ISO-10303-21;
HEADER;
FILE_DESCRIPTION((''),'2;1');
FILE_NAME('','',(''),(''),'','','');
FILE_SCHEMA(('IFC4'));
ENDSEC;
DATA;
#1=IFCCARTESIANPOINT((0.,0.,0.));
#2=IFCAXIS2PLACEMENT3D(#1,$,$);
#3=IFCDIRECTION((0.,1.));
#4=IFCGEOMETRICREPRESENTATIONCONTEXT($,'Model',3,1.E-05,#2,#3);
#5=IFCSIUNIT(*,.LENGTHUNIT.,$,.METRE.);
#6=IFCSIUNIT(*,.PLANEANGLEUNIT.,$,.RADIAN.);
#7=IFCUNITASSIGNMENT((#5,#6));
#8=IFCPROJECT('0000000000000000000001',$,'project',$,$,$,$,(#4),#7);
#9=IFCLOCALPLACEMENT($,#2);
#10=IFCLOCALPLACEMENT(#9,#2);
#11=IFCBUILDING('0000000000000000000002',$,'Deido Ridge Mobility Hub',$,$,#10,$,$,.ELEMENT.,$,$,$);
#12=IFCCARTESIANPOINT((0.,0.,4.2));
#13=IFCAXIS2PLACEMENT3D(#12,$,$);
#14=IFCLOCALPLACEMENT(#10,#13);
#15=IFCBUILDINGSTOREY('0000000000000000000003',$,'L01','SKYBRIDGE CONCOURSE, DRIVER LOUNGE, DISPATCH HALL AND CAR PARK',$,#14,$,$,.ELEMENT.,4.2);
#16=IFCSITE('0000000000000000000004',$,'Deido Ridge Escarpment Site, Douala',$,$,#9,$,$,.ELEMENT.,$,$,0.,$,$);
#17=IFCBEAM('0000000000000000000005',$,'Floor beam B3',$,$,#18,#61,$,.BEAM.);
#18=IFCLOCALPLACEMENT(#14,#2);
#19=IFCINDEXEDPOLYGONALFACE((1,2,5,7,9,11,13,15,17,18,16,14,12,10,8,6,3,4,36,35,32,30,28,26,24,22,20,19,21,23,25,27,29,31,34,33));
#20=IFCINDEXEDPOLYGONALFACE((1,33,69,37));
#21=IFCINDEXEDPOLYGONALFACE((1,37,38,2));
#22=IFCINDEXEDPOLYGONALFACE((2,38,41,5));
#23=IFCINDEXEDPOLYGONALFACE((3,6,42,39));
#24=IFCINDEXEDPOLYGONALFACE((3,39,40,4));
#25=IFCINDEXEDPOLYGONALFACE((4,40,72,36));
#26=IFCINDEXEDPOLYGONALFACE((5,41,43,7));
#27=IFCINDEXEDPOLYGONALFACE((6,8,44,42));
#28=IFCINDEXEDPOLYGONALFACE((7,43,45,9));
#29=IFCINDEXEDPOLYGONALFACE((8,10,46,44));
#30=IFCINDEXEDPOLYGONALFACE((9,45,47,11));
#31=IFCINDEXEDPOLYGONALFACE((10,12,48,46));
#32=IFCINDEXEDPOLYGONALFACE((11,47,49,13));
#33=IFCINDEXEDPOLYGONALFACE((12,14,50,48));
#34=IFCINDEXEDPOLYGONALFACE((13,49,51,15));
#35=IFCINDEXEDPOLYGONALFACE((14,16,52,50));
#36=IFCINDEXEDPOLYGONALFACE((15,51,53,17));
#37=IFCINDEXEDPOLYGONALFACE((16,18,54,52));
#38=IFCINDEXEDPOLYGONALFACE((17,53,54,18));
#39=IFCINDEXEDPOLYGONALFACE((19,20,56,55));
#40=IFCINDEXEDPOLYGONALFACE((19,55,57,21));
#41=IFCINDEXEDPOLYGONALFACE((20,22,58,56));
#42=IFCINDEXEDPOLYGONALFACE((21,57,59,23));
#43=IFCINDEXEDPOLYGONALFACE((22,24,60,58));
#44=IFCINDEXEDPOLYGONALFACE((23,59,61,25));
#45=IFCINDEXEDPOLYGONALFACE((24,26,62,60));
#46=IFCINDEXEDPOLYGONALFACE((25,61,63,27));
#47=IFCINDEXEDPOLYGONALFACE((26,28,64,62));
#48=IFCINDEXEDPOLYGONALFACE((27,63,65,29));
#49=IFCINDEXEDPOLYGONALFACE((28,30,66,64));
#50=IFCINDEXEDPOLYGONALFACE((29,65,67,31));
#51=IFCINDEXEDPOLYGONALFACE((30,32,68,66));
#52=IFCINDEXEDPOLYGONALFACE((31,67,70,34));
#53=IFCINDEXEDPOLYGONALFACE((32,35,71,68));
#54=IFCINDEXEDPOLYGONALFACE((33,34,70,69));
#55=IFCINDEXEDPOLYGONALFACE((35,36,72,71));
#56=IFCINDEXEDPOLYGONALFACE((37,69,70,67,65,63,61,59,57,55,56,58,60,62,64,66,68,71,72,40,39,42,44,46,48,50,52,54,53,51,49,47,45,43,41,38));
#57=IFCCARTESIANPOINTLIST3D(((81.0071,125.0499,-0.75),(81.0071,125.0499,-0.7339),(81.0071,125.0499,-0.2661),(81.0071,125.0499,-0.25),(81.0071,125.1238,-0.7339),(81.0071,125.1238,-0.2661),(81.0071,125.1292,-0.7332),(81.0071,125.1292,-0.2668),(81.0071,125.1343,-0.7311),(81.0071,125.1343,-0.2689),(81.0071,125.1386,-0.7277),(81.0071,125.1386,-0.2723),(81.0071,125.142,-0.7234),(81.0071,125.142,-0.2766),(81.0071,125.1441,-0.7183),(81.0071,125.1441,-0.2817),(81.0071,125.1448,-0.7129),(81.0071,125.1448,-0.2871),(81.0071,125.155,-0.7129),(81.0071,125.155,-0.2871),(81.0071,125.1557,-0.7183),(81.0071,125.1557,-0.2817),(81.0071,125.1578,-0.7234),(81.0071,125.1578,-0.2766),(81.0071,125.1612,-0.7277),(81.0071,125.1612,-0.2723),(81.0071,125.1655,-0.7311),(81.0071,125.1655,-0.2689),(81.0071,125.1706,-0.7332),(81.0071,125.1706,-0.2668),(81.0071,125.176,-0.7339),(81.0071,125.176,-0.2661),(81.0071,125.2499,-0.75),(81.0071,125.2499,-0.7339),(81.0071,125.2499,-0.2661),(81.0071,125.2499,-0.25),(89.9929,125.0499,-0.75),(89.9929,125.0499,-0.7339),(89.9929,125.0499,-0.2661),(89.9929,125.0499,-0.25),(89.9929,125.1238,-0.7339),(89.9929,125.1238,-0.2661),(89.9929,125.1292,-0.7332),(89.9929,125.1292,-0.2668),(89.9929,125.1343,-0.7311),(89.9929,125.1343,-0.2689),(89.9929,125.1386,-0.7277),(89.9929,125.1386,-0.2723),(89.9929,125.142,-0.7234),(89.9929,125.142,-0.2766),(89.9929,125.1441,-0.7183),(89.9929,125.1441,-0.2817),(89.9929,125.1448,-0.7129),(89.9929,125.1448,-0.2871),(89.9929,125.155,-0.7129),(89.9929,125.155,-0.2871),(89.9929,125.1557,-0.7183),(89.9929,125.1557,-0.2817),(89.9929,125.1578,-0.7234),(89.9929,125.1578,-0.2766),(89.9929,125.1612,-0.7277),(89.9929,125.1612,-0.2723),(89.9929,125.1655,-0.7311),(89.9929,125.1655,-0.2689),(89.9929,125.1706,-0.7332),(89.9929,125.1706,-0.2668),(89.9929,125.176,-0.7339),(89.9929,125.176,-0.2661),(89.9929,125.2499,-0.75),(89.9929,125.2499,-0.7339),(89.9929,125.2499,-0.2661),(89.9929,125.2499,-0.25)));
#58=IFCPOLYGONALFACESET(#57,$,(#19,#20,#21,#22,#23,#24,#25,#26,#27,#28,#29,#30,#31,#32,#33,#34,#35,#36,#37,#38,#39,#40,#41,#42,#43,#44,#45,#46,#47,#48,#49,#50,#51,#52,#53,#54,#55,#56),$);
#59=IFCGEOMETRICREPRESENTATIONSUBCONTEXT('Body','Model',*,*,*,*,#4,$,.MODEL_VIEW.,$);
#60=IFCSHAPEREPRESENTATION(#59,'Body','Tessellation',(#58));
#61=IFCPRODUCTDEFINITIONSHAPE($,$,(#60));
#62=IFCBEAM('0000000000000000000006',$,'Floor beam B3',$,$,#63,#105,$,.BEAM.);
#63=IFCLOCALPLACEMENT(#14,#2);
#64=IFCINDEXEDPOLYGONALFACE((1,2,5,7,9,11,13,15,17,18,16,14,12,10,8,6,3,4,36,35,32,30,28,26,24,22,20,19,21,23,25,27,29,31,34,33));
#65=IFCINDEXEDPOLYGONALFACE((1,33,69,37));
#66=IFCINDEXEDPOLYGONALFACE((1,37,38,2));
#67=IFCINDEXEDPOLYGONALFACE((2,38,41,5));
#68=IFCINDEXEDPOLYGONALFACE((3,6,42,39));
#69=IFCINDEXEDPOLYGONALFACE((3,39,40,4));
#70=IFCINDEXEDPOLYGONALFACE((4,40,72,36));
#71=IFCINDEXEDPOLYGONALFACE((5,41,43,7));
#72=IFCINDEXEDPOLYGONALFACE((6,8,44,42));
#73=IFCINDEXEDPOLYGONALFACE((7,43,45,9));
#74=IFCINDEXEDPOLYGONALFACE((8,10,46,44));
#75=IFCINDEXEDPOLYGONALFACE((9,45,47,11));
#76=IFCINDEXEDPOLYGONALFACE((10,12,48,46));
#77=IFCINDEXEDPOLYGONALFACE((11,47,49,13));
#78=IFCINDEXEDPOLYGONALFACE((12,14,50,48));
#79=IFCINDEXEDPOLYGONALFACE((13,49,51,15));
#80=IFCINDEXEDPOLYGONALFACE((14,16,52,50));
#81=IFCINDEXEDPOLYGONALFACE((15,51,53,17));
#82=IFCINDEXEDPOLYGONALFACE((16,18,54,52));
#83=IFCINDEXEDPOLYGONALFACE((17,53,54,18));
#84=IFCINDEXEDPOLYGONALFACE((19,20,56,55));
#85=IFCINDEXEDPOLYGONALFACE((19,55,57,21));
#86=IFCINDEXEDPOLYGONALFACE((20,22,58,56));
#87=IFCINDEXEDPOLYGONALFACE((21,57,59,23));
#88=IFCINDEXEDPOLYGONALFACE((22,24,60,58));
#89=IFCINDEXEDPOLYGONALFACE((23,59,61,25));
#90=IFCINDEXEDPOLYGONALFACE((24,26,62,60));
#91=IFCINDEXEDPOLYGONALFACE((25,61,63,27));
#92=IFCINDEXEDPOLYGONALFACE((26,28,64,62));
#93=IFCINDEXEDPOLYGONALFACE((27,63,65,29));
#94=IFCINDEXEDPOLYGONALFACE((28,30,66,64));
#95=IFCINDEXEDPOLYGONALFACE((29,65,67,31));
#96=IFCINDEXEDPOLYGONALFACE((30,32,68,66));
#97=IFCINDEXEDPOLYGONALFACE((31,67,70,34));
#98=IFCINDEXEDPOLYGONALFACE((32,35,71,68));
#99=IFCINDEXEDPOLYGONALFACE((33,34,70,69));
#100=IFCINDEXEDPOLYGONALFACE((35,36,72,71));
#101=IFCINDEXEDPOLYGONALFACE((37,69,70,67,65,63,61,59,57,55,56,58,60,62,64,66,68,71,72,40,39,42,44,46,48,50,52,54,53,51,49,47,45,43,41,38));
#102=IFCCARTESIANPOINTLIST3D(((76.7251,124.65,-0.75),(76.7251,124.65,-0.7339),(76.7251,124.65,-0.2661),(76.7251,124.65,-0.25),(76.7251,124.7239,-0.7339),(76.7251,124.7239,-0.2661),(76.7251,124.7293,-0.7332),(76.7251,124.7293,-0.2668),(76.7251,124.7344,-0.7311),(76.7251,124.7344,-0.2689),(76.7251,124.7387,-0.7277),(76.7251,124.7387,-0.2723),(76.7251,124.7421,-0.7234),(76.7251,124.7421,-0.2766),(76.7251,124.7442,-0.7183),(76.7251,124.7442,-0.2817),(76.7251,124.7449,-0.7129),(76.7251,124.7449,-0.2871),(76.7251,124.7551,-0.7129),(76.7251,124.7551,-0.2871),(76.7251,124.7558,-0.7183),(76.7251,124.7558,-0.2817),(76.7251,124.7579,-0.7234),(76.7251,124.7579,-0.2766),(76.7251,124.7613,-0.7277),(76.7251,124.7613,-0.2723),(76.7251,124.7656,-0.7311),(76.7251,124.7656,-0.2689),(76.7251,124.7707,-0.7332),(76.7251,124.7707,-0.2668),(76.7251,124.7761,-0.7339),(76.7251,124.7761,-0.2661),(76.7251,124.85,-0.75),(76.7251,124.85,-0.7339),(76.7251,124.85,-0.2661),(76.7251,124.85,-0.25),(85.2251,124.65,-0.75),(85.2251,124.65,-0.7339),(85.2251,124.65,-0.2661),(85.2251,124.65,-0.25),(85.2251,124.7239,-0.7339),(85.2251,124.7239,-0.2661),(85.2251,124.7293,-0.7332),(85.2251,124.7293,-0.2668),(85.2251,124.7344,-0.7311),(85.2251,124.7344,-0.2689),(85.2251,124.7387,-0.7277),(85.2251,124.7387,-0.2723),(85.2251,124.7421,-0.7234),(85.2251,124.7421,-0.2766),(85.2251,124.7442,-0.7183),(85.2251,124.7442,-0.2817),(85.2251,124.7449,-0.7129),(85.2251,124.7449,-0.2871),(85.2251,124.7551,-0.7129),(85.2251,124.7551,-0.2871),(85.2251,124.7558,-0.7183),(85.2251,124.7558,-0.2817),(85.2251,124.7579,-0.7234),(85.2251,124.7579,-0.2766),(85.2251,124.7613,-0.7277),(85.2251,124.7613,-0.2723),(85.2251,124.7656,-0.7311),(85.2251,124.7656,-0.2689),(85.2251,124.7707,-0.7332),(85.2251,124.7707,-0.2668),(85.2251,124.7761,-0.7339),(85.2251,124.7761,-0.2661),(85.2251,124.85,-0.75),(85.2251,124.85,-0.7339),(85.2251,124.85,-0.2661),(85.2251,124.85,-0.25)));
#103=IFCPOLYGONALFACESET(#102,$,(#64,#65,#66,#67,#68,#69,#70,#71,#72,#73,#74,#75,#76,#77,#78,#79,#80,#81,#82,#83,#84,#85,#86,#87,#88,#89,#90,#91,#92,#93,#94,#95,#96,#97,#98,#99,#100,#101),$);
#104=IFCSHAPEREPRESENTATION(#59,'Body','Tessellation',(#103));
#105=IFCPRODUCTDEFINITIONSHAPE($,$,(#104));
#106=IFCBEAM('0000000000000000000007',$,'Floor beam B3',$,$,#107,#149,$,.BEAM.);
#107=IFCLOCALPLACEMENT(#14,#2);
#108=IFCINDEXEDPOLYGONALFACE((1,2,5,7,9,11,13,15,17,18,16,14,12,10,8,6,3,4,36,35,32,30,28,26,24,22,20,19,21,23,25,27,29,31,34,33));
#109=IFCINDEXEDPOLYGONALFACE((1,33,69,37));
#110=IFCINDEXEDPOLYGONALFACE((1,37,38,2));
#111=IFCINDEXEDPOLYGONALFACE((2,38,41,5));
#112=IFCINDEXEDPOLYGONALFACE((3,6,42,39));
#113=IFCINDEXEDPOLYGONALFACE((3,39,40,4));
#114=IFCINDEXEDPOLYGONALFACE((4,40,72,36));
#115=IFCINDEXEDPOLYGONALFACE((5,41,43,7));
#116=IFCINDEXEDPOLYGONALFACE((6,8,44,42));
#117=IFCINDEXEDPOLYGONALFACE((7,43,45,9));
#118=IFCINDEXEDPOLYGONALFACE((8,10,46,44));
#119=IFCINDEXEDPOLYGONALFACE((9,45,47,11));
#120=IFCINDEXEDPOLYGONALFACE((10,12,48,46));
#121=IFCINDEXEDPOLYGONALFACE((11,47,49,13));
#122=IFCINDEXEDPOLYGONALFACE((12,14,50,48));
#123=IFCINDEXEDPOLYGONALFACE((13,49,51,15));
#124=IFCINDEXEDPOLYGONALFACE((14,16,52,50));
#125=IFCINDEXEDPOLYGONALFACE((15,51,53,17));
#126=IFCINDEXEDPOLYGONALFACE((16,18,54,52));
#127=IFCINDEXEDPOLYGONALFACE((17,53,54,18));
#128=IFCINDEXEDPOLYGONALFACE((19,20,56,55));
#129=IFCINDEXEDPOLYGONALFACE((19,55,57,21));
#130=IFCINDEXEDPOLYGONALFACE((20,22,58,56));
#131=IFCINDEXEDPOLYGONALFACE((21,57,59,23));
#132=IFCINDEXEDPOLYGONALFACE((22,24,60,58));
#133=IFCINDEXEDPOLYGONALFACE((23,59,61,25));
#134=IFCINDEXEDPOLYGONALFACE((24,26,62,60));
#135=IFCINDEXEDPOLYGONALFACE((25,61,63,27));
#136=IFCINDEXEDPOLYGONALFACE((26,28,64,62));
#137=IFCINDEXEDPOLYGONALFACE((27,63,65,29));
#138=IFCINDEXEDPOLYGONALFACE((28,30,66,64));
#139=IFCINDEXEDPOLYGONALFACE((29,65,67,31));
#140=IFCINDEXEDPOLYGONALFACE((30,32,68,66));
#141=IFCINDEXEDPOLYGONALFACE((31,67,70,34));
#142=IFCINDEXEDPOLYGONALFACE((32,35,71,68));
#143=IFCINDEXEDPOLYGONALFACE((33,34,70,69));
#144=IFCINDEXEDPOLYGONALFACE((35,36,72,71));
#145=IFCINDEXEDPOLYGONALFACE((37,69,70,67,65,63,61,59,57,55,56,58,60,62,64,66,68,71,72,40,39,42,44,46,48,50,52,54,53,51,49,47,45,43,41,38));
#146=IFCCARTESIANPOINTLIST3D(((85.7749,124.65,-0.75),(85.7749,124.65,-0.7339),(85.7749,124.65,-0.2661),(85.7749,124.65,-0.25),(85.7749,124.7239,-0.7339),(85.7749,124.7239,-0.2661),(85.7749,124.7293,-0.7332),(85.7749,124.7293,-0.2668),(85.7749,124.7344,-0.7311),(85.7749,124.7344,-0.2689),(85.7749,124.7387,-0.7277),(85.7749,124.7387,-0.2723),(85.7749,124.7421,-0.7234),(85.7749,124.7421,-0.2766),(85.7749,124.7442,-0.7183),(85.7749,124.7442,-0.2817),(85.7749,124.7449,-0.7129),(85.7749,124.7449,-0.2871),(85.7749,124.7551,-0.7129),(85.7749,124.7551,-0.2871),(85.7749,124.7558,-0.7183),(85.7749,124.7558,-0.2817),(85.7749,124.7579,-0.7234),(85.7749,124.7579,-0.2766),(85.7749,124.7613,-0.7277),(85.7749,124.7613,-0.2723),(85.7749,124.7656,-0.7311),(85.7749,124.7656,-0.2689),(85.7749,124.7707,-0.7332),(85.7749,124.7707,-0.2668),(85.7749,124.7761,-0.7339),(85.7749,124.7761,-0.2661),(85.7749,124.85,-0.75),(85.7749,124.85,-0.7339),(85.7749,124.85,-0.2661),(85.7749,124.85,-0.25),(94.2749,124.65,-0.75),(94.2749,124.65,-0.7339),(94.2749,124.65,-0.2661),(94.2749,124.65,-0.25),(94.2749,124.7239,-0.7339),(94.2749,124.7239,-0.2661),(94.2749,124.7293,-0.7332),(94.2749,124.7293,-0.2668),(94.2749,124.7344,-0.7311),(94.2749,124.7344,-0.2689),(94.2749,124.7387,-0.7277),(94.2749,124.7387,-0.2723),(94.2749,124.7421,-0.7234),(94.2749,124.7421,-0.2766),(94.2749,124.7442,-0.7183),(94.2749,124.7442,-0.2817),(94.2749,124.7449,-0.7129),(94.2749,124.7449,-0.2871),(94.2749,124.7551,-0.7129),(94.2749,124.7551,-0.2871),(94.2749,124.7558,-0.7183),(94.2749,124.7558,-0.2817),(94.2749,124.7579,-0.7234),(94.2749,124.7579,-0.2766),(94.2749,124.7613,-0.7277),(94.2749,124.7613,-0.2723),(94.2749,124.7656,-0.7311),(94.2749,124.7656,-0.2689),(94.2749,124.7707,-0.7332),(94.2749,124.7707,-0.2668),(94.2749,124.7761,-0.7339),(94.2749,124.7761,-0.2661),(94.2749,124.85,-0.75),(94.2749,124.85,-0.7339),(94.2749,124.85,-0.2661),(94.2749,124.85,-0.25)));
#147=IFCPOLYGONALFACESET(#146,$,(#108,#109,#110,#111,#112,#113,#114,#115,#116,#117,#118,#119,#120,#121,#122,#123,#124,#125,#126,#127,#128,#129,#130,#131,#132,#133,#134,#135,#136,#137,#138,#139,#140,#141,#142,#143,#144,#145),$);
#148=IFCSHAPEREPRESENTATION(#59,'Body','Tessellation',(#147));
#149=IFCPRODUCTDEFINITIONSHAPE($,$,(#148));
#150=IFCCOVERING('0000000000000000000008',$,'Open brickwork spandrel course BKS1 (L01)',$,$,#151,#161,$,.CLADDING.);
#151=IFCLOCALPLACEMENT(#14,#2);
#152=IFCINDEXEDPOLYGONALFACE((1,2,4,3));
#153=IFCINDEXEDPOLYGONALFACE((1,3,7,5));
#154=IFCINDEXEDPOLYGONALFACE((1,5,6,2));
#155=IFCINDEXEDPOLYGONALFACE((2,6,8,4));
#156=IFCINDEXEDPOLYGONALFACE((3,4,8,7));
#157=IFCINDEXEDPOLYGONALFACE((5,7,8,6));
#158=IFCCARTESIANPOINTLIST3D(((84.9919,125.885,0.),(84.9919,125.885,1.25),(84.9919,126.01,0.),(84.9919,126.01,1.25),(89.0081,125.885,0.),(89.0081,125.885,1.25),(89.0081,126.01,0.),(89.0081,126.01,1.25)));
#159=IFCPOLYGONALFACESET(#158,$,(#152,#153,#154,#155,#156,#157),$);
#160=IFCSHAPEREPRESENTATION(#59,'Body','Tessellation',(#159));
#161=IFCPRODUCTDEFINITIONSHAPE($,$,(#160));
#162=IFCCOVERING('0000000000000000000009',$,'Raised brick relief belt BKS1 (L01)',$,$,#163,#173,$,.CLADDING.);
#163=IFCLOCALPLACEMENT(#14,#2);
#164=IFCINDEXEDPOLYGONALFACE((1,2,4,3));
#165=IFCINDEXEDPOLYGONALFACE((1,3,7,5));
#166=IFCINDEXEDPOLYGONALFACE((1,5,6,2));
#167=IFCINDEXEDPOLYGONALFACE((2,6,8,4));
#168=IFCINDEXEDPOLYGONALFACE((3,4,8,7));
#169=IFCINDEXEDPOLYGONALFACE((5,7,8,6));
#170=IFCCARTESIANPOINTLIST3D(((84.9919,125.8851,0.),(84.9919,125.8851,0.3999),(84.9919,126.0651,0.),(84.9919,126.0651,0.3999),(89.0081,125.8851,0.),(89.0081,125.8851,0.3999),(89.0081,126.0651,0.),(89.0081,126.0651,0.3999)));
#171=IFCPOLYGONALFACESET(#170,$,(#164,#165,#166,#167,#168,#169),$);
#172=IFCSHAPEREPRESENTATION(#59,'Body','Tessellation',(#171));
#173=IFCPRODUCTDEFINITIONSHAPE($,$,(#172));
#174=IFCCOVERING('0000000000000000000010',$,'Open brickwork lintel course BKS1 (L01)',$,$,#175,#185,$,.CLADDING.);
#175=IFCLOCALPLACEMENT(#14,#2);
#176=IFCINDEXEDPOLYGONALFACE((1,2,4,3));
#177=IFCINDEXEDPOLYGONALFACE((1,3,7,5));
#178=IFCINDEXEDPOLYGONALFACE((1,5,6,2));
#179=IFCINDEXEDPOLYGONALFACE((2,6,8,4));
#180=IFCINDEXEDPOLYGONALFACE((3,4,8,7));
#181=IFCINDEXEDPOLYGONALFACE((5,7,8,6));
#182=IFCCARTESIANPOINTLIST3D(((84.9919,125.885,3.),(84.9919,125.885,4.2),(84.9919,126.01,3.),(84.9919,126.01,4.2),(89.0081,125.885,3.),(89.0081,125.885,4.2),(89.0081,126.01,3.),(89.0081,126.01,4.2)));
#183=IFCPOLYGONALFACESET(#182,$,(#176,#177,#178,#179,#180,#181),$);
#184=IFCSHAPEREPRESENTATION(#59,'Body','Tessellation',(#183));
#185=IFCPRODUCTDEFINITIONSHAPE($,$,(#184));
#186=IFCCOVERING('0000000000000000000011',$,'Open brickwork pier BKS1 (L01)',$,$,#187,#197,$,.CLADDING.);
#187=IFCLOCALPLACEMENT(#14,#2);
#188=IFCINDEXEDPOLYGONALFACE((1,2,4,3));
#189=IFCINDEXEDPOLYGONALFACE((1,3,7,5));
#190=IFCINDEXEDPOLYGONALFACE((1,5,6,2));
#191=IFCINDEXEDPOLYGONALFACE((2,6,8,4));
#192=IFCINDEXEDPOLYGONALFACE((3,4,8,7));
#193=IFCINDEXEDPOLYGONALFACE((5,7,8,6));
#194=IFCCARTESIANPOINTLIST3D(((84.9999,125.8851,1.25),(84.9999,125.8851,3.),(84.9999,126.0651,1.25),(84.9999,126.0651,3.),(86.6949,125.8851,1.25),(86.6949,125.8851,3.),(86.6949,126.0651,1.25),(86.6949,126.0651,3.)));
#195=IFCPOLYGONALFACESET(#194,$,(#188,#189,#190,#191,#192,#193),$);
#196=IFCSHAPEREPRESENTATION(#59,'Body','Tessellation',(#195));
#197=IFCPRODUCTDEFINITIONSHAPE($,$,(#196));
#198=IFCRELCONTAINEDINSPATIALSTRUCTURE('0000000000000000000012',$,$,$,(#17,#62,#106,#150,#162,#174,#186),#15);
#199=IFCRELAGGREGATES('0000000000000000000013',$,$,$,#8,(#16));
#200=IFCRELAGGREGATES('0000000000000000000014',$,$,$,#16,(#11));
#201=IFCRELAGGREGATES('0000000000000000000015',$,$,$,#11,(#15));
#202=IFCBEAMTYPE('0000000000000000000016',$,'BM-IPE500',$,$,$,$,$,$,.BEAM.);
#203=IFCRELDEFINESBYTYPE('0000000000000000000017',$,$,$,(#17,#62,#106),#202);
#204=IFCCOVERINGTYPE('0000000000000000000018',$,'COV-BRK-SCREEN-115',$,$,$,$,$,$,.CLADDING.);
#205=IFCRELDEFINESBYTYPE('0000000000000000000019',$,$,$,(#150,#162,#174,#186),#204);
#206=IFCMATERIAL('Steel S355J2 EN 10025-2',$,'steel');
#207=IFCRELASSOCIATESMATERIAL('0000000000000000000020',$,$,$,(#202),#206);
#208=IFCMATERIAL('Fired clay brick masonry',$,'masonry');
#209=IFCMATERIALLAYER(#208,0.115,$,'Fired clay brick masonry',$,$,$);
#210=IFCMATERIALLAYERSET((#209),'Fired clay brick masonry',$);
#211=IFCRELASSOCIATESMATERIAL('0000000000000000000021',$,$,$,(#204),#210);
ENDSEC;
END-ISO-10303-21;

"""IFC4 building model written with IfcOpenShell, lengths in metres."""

from ifc_helpers import new_model, si_unit, direction, frame, origin, origin_2d, place, context, subcontext, project, spatial, rectangle, i_section, extrude, material, layer, layer_set, material_profile, profile_set, type_object, element, save


model = new_model("IFC4")

# Units and contexts
model_context = context("Model", 3, precision=1e-05, world=origin(), true_north=direction((0.0, 1.0)))
body_context = subcontext(model_context, "Body", "Model", "MODEL_VIEW")
ifc_project = project(units=[si_unit("LENGTHUNIT", "METRE"), si_unit("PLANEANGLEUNIT", "RADIAN")], contexts=[model_context])

# Site, building, storey
site_placement = place(None, origin())
site = spatial("IfcSite", under=ifc_project, at=site_placement, Name="Deido Ridge Escarpment Site, Douala", CompositionType="ELEMENT", RefElevation=0.0)
building_placement = place(site_placement, origin())
building = spatial("IfcBuilding", under=site, at=building_placement, Name="Deido Ridge Mobility Hub", CompositionType="ELEMENT")
storey_placement = place(building_placement, frame((0.0, 0.0, 4.2)))
storey = spatial("IfcBuildingStorey", under=building, at=storey_placement, Name="L01", Description="SKYBRIDGE CONCOURSE, DRIVER LOUNGE, DISPATCH HALL AND CAR PARK", CompositionType="ELEMENT", Elevation=4.2)

# Shared definitions
ifc_material_1 = material(Name="Steel S355J2 EN 10025-2", Category="steel")

# Beams
ifc_material_profile_1 = material_profile(ifc_material_1, i_section(OverallWidth=0.2, OverallDepth=0.5, WebThickness=0.0103, FlangeThickness=0.0161, FilletRadius=0.021, at=origin_2d()), Name="IPE 500")
ifc_profile_set_1 = profile_set([ifc_material_profile_1], Name="Steel S355J2 EN 10025-2")
beam_type = type_object("IfcBeamType", Name="BM-IPE500", PredefinedType="BEAM", material=ifc_profile_set_1)
for number, where, z_axis, x_axis, name in (
    (1, (81.0071, 125.1499, -0.5), (1.0, 0.0, 0.0), (0.0, 1.0, 0.0), "Floor beam B3"),
):
    element("IfcBeam", number, at=place(storey_placement, frame(where, z_axis=z_axis, x_axis=x_axis)), inside=storey, type_object=beam_type, Name=name, PredefinedType="BEAM", context=body_context, shape_type="SweptSolid", body=[
        extrude(i_section(OverallWidth=0.2, OverallDepth=0.5, WebThickness=0.0103, FlangeThickness=0.0161, FilletRadius=0.021, at=origin_2d()), origin(), (0.0, 0.0, 1.0), 8.9858),
    ])
for number, where, z_axis, x_axis, name in (
    (2, (76.7251, 124.75, -0.5), (1.0, 0.0, 0.0), (0.0, 1.0, 0.0), "Floor beam B3"),
    (3, (85.7749, 124.75, -0.5), (1.0, 0.0, 0.0), (0.0, 1.0, 0.0), "Floor beam B3"),
):
    element("IfcBeam", number, at=place(storey_placement, frame(where, z_axis=z_axis, x_axis=x_axis)), inside=storey, type_object=beam_type, Name=name, PredefinedType="BEAM", context=body_context, shape_type="SweptSolid", body=[
        extrude(i_section(OverallWidth=0.2, OverallDepth=0.5, WebThickness=0.0103, FlangeThickness=0.0161, FilletRadius=0.021, at=origin_2d()), origin(), (0.0, 0.0, 1.0), 8.5),
    ])

# Coverings
ifc_material_2 = material(Name="Fired clay brick masonry", Category="masonry")
ifc_layer = layer(ifc_material_2, 0.115, Name="Fired clay brick masonry")
ifc_layer_set = layer_set([ifc_layer], Name="Fired clay brick masonry")
covering_type = type_object("IfcCoveringType", Name="COV-BRK-SCREEN-115", PredefinedType="CLADDING", material=ifc_layer_set)
covering_1_placement = place(storey_placement, frame((87.0, 125.9475, 0.0), z_axis=(0.0, 0.0, 1.0), x_axis=(-1.0, 0.0, 0.0)))
element("IfcCovering", 4, at=covering_1_placement, inside=storey, type_object=covering_type, Name="Open brickwork spandrel course BKS1 (L01)", PredefinedType="CLADDING", context=body_context, shape_type="SweptSolid", body=[
    extrude(rectangle(XDim=4.0161, YDim=0.125, at=origin_2d()), origin(), (0.0, 0.0, 1.0), 1.25),
])
covering_2_placement = place(storey_placement, frame((87.0, 125.9751, 0.0), z_axis=(0.0, 0.0, 1.0), x_axis=(-1.0, 0.0, 0.0)))
element("IfcCovering", 5, at=covering_2_placement, inside=storey, type_object=covering_type, Name="Raised brick relief belt BKS1 (L01)", PredefinedType="CLADDING", context=body_context, shape_type="SweptSolid", body=[
    extrude(rectangle(XDim=4.0161, YDim=0.1799, at=origin_2d()), origin(), (0.0, 0.0, 1.0), 0.3999),
])
covering_3_placement = place(storey_placement, frame((87.0, 125.9475, 3.0), z_axis=(0.0, 0.0, 1.0), x_axis=(-1.0, 0.0, 0.0)))
element("IfcCovering", 6, at=covering_3_placement, inside=storey, type_object=covering_type, Name="Open brickwork lintel course BKS1 (L01)", PredefinedType="CLADDING", context=body_context, shape_type="SweptSolid", body=[
    extrude(rectangle(XDim=4.0161, YDim=0.125, at=origin_2d()), origin(), (0.0, 0.0, 1.0), 1.2),
])
covering_4_placement = place(storey_placement, frame((85.8474, 125.9751, 1.25), z_axis=(0.0, 0.0, 1.0), x_axis=(-1.0, 0.0, 0.0)))
element("IfcCovering", 7, at=covering_4_placement, inside=storey, type_object=covering_type, Name="Open brickwork pier BKS1 (L01)", PredefinedType="CLADDING", context=body_context, shape_type="SweptSolid", body=[
    extrude(rectangle(XDim=1.6951, YDim=0.1799, at=origin_2d()), origin(), (0.0, 0.0, 1.0), 1.75),
])

save(model, "model.ifc")
